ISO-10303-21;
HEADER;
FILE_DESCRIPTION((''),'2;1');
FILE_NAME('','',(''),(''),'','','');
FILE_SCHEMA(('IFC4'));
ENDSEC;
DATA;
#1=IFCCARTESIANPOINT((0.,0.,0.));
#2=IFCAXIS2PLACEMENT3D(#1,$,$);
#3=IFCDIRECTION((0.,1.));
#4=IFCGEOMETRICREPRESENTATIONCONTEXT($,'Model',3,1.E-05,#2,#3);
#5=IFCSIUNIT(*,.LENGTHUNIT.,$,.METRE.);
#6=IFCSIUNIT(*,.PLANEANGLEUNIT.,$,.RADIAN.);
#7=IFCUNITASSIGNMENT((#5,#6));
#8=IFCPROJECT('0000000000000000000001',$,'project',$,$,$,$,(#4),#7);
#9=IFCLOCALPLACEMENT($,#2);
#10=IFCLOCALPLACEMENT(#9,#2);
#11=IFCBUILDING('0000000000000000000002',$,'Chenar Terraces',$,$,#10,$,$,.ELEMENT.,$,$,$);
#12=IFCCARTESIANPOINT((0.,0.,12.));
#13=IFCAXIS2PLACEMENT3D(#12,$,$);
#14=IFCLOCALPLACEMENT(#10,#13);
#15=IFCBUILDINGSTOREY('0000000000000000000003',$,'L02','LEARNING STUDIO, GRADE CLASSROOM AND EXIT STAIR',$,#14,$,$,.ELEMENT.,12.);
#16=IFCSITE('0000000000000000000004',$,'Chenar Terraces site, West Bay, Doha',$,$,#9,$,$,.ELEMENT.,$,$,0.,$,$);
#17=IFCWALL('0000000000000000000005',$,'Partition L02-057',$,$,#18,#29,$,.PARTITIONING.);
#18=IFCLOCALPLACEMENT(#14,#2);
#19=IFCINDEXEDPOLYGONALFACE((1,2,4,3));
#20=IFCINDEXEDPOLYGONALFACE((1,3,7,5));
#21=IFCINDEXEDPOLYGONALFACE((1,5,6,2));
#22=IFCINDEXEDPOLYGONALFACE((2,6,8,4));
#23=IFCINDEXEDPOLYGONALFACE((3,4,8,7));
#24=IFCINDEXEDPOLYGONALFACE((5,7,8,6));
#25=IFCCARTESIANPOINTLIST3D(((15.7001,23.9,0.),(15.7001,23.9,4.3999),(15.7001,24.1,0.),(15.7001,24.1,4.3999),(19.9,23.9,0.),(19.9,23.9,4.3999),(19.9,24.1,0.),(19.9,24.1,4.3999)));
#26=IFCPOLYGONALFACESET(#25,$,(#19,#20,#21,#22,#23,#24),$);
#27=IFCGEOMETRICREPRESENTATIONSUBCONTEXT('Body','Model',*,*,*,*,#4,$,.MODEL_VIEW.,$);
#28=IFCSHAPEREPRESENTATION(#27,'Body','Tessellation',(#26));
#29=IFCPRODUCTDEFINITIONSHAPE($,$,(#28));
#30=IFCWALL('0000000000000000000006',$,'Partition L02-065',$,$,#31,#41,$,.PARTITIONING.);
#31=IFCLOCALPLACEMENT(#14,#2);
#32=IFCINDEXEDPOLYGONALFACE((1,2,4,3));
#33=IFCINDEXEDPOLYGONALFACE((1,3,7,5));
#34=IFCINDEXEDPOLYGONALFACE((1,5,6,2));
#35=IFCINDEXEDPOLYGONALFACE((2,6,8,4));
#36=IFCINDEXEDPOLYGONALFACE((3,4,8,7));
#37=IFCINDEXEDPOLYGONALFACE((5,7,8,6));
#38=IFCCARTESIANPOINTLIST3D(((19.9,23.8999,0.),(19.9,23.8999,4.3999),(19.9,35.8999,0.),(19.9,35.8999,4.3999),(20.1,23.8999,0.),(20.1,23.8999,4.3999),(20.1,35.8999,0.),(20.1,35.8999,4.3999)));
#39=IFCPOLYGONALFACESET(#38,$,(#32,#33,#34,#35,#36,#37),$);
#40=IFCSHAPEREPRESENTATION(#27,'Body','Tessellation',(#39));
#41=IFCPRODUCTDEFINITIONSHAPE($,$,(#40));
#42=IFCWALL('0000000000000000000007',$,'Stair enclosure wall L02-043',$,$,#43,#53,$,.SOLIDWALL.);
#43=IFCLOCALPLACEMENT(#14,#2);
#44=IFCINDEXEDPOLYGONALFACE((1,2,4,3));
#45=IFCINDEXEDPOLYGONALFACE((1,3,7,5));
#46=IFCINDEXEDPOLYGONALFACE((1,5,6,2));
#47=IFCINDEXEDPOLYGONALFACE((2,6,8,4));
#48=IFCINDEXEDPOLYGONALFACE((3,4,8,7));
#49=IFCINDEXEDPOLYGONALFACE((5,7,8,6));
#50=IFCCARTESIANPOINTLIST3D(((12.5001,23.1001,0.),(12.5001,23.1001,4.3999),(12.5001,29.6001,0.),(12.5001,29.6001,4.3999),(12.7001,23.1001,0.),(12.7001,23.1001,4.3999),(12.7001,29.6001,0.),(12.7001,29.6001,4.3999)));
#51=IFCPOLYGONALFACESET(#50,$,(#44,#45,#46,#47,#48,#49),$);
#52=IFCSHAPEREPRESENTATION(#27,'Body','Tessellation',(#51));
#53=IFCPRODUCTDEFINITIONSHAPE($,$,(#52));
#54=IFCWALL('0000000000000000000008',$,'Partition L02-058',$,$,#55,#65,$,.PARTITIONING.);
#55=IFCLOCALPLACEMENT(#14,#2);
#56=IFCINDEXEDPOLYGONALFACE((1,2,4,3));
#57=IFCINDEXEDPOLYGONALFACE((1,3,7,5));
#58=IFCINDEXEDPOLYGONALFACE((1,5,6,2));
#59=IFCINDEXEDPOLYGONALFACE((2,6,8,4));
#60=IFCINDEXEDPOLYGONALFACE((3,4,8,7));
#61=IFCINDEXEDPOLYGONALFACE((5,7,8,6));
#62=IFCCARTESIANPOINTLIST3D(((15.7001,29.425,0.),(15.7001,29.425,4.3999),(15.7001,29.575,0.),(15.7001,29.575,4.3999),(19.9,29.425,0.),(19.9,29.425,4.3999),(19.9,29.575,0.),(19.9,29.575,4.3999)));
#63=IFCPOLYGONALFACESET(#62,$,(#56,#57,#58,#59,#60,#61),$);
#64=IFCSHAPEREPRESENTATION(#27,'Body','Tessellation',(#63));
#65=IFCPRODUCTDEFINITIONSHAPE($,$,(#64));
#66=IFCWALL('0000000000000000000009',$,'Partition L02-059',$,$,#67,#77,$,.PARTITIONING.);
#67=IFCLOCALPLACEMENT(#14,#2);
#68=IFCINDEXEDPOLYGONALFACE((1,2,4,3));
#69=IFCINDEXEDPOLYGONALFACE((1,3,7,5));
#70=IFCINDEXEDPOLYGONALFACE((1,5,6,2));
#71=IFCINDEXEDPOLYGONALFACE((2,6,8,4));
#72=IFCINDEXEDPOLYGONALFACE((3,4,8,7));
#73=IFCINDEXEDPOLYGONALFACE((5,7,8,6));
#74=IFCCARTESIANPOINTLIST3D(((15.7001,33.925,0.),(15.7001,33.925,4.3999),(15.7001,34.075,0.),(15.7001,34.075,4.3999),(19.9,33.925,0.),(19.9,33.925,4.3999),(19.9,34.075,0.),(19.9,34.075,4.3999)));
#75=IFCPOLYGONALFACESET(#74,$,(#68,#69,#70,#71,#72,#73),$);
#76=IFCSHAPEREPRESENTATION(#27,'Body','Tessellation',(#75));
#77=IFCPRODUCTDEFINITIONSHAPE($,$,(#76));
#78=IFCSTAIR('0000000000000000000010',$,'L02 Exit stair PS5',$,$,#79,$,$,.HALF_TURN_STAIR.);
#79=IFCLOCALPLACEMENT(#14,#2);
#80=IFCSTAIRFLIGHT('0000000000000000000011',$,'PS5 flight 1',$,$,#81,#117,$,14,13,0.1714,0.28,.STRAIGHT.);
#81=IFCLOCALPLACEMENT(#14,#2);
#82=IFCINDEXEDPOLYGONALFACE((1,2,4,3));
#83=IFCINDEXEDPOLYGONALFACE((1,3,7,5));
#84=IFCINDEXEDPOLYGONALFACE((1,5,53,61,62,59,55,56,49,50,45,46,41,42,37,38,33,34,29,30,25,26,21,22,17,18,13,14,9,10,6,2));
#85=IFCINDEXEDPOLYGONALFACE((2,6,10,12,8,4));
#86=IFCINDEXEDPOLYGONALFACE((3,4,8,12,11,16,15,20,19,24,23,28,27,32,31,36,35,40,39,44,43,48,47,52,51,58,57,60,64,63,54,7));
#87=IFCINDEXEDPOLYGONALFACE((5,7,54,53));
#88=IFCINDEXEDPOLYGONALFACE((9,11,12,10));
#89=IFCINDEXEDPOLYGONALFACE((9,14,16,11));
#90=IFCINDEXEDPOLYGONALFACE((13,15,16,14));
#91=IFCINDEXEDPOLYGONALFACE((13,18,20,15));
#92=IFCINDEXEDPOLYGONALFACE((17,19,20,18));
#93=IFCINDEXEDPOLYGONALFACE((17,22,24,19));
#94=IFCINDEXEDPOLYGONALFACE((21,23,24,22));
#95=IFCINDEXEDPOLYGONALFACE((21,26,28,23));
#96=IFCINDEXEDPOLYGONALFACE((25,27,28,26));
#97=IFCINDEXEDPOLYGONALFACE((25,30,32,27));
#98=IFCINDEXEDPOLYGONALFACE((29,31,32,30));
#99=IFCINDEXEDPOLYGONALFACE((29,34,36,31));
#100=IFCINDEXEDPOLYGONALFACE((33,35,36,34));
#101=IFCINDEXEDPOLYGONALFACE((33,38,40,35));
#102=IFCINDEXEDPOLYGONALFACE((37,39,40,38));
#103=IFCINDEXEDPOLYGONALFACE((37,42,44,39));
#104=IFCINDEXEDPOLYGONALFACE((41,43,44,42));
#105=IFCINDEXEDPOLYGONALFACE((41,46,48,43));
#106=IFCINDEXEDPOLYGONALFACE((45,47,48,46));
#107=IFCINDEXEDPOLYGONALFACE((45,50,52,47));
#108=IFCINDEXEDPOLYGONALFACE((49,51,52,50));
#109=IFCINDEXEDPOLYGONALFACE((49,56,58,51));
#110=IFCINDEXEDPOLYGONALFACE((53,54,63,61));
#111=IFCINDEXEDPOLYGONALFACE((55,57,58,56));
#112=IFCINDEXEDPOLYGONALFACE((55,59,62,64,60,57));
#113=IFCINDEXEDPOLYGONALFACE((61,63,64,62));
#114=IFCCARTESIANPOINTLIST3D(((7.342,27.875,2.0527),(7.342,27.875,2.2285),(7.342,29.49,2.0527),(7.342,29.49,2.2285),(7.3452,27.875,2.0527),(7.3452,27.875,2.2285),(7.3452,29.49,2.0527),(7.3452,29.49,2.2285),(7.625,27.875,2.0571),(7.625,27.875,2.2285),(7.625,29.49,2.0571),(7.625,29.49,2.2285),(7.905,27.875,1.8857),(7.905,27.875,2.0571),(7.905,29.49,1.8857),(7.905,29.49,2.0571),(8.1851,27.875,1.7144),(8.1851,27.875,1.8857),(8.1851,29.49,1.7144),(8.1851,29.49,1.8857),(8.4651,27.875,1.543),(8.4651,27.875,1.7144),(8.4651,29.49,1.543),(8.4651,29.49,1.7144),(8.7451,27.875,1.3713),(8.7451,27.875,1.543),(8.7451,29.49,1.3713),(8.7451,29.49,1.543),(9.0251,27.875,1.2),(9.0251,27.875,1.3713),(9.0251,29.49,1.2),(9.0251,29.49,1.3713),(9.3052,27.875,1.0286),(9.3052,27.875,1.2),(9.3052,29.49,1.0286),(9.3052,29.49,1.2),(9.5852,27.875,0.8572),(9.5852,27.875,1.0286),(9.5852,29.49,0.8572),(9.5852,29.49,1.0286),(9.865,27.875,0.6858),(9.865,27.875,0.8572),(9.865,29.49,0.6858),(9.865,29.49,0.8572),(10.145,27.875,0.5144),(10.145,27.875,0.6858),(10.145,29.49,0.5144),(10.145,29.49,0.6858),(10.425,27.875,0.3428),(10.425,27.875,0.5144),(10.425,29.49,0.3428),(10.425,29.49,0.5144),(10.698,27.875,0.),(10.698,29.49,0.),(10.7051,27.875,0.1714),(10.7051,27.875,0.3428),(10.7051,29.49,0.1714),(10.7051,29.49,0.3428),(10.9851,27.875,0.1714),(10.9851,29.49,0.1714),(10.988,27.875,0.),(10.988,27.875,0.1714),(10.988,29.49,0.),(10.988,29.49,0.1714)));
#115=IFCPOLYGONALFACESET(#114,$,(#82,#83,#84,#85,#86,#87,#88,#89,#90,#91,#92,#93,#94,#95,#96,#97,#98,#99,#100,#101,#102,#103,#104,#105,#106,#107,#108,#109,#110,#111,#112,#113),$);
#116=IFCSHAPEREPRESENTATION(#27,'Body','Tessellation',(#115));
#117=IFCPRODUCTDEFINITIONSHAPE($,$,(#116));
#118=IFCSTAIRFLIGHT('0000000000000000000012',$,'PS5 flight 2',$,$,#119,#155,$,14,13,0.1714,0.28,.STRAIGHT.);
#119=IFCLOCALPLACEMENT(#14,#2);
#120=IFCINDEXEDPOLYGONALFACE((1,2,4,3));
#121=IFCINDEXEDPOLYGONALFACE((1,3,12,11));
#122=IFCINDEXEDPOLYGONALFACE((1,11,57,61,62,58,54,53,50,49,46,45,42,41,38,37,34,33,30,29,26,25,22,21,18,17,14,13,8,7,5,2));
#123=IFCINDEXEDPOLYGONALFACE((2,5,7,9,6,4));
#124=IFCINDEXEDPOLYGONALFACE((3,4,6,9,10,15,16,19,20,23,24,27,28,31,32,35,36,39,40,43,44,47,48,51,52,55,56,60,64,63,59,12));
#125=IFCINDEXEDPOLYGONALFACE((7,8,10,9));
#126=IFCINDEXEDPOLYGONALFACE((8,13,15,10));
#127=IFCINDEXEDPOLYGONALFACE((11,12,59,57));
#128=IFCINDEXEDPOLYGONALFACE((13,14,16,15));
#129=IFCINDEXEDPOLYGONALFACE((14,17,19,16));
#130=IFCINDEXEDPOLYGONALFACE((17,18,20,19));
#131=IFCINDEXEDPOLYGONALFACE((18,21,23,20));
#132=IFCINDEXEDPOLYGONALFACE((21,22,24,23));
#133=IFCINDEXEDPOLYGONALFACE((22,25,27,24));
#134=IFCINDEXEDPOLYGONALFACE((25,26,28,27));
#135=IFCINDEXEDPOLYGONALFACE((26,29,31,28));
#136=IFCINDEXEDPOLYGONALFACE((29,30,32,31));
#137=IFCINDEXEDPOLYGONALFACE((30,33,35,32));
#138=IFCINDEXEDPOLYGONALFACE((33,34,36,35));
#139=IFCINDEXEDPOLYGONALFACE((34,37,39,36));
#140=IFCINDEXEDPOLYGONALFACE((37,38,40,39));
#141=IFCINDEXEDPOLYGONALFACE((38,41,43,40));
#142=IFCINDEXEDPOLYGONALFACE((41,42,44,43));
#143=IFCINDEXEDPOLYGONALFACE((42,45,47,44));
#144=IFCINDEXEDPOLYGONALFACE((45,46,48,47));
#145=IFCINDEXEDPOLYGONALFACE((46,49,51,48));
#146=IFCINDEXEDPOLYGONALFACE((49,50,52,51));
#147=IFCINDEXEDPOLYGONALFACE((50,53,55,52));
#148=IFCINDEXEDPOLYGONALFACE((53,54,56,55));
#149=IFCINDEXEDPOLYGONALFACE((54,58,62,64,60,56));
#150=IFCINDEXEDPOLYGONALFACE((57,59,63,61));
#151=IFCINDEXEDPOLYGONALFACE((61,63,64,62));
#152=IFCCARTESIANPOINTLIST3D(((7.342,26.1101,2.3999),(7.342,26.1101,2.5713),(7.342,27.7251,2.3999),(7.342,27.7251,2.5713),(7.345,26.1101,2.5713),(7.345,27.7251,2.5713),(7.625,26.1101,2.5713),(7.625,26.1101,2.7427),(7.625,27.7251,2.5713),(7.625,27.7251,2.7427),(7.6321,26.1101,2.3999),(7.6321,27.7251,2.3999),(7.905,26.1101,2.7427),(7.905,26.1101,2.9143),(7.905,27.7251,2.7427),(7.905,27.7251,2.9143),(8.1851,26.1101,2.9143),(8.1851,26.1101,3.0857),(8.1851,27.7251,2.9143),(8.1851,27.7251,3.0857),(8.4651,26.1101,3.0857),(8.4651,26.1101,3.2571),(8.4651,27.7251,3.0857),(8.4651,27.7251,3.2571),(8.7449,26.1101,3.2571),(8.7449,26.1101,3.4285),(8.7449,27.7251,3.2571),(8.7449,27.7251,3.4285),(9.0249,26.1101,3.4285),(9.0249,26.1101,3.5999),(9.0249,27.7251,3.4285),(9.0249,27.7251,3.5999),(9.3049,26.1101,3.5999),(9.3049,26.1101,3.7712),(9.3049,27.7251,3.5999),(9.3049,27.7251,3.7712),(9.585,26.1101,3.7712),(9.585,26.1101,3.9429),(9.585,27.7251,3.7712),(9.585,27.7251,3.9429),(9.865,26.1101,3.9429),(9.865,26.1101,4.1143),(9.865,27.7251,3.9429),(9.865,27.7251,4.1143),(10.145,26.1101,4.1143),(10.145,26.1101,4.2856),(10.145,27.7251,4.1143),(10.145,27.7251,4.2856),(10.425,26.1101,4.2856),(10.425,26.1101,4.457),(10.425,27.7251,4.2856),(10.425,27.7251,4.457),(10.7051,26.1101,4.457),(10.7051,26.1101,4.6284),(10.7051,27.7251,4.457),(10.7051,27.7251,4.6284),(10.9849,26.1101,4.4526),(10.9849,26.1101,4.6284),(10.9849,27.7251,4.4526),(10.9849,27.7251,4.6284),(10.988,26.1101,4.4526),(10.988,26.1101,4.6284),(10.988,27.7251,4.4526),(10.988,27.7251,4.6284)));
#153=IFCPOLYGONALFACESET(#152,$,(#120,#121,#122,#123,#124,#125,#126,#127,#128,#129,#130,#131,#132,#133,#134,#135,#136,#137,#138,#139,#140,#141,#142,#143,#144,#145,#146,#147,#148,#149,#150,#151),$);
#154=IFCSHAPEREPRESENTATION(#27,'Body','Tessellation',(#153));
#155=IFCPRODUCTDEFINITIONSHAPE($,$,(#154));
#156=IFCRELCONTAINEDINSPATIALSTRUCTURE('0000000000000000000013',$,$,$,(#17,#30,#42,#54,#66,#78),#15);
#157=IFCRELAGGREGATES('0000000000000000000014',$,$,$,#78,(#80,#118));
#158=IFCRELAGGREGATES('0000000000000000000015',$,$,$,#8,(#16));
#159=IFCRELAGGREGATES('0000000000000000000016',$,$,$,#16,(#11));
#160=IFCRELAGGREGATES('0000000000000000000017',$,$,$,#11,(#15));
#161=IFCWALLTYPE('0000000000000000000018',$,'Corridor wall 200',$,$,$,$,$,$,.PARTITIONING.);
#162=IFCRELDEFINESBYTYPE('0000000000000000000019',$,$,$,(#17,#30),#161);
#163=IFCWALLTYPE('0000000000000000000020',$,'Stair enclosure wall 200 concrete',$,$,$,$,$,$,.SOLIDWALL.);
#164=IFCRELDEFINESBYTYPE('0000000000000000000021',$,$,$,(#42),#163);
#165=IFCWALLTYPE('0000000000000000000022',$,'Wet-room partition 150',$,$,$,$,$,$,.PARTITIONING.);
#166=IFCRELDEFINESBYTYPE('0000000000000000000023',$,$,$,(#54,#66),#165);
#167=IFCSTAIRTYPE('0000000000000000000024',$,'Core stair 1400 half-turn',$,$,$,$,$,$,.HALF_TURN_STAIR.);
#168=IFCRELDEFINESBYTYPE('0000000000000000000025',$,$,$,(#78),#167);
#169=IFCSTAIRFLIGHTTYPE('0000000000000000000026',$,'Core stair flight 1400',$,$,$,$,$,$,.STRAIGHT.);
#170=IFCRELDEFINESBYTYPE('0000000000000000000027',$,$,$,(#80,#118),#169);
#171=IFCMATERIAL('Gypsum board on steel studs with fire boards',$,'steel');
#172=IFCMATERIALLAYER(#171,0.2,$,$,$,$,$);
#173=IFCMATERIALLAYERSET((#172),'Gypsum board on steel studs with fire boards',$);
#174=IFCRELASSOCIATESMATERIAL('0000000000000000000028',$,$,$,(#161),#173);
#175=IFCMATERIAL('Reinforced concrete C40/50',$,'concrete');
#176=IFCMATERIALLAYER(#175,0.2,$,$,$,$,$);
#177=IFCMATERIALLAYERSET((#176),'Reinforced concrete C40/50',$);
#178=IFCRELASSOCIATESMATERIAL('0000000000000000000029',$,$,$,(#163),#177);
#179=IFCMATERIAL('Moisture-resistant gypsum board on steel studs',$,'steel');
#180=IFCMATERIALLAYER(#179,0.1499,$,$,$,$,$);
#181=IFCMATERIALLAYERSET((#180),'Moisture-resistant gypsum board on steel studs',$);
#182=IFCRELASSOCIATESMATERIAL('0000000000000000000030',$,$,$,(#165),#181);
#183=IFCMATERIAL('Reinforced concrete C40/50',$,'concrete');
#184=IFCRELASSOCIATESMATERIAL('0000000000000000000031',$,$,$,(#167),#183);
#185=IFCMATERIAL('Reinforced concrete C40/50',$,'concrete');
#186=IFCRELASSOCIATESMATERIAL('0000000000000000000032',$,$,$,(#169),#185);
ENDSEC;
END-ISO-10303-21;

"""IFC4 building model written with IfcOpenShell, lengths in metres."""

from ifc_helpers import new_model, si_unit, direction, frame, frame_2d, origin, place, context, subcontext, project, spatial, polyline, rectangle, outline, extrude, material, layer, layer_set, type_object, element, aggregate, save


model = new_model("IFC4")

# Units and contexts
model_context = context("Model", 3, precision=1e-05, world=origin(), true_north=direction((0.0, 1.0)))
body_context = subcontext(model_context, "Body", "Model", "MODEL_VIEW")
ifc_project = project(units=[si_unit("LENGTHUNIT", "METRE"), si_unit("PLANEANGLEUNIT", "RADIAN")], contexts=[model_context])

# Site, building, storey
site_placement = place(None, origin())
site = spatial("IfcSite", under=ifc_project, at=site_placement, Name="Chenar Terraces site, West Bay, Doha", CompositionType="ELEMENT", RefElevation=0.0)
building_placement = place(site_placement, origin())
building = spatial("IfcBuilding", under=site, at=building_placement, Name="Chenar Terraces", CompositionType="ELEMENT")
storey_placement = place(building_placement, frame((0.0, 0.0, 12.0)))
storey = spatial("IfcBuildingStorey", under=building, at=storey_placement, Name="L02", Description="LEARNING STUDIO, GRADE CLASSROOM AND EXIT STAIR", CompositionType="ELEMENT", Elevation=12.0)

# Shared definitions
ifc_material_1 = material(Name="Gypsum board on steel studs with fire boards", Category="steel")
ifc_layer_1 = layer(ifc_material_1, 0.2)
ifc_layer_set_1 = layer_set([ifc_layer_1], Name="Gypsum board on steel studs with fire boards")
wall_type_1 = type_object("IfcWallType", Name="Corridor wall 200", PredefinedType="PARTITIONING", material=ifc_layer_set_1)

# Walls
wall_1_placement = place(storey_placement, frame((15.7, 24.0, 0.0), z_axis=(0.0, 0.0, 1.0), x_axis=(1.0, 0.0, 0.0)))
element("IfcWall", 1, at=wall_1_placement, inside=storey, type_object=wall_type_1, Name="Partition L02-057", PredefinedType="PARTITIONING", context=body_context, shape_type="SweptSolid", body=[
    extrude(rectangle(XDim=4.2, YDim=0.2, at=frame_2d((2.1001, 0.0))), origin(), (0.0, 0.0, 1.0), 4.3999),
])
wall_2_placement = place(storey_placement, frame((20.0, 23.8999, 0.0), z_axis=(0.0, 0.0, 1.0), x_axis=(0.0, 1.0, 0.0)))
element("IfcWall", 2, at=wall_2_placement, inside=storey, type_object=wall_type_1, Name="Partition L02-065", PredefinedType="PARTITIONING", context=body_context, shape_type="SweptSolid", body=[
    extrude(rectangle(XDim=12.0, YDim=0.2, at=frame_2d((6.0, 0.0))), origin(), (0.0, 0.0, 1.0), 4.3999),
])
ifc_material_2 = material(Name="Reinforced concrete C40/50", Category="concrete")
ifc_layer_2 = layer(ifc_material_2, 0.2)
ifc_layer_set_2 = layer_set([ifc_layer_2], Name="Reinforced concrete C40/50")
wall_type_2 = type_object("IfcWallType", Name="Stair enclosure wall 200 concrete", PredefinedType="SOLIDWALL", material=ifc_layer_set_2)
wall_3_placement = place(storey_placement, frame((12.6001, 23.1001, 0.0), z_axis=(0.0, 0.0, 1.0), x_axis=(0.0, 1.0, 0.0)))
element("IfcWall", 3, at=wall_3_placement, inside=storey, type_object=wall_type_2, Name="Stair enclosure wall L02-043", PredefinedType="SOLIDWALL", context=body_context, shape_type="SweptSolid", body=[
    extrude(rectangle(XDim=6.5, YDim=0.2, at=frame_2d((3.25, 0.0))), origin(), (0.0, 0.0, 1.0), 4.3999),
])
ifc_material_3 = material(Name="Moisture-resistant gypsum board on steel studs", Category="steel")
ifc_layer_3 = layer(ifc_material_3, 0.1499)
ifc_layer_set_3 = layer_set([ifc_layer_3], Name="Moisture-resistant gypsum board on steel studs")
wall_type_3 = type_object("IfcWallType", Name="Wet-room partition 150", PredefinedType="PARTITIONING", material=ifc_layer_set_3)
for number, where, z_axis, x_axis, name in (
    (4, (15.7, 29.5, 0.0), (0.0, 0.0, 1.0), (1.0, 0.0, 0.0), "Partition L02-058"),
    (5, (15.7, 34.0, 0.0), (0.0, 0.0, 1.0), (1.0, 0.0, 0.0), "Partition L02-059"),
):
    element("IfcWall", number, at=place(storey_placement, frame(where, z_axis=z_axis, x_axis=x_axis)), inside=storey, type_object=wall_type_3, Name=name, PredefinedType="PARTITIONING", context=body_context, shape_type="SweptSolid", body=[
        extrude(rectangle(XDim=4.2, YDim=0.1499, at=frame_2d((2.1001, 0.0))), origin(), (0.0, 0.0, 1.0), 4.3999),
    ])

# Stair, stair flights
ifc_material_4 = material(Name="Reinforced concrete C40/50", Category="concrete")
stair_type = type_object("IfcStairType", Name="Core stair 1400 half-turn", PredefinedType="HALF_TURN_STAIR", material=ifc_material_4)
stair_placement = place(storey_placement, origin())
stair = element("IfcStair", 6, at=stair_placement, inside=storey, type_object=stair_type, Name="L02 Exit stair PS5", PredefinedType="HALF_TURN_STAIR")
ifc_material_5 = material(Name="Reinforced concrete C40/50", Category="concrete")
stair_flight_type = type_object("IfcStairFlightType", Name="Core stair flight 1400", PredefinedType="STRAIGHT", material=ifc_material_5)
stair_flight_1_placement = place(storey_placement, frame((10.9851, 28.6826, 0.0), z_axis=(0.0, 0.0, 1.0), x_axis=(-1.0, 0.0, 0.0)))
stair_flight_1 = element("IfcStairFlight", 7, at=stair_flight_1_placement, type_object=stair_flight_type, Name="PS5 flight 1", NumberOfRisers=14, NumberOfTreads=13, PredefinedType="STRAIGHT", RiserHeight=0.1714, TreadLength=0.28, context=body_context, shape_type="SweptSolid", body=[
    extrude(outline(polyline([(-0.0029, 0.0), (-0.0029, 0.1714), (0.0, 0.1714), (0.28, 0.1714), (0.28, 0.3428), (0.5601, 0.3428), (0.5601, 0.5144), (0.8401, 0.5144), (0.8401, 0.6858), (1.1201, 0.6858), (1.1201, 0.8572), (1.3999, 0.8572), (1.3999, 1.0286), (1.6799, 1.0286), (1.6799, 1.2), (1.96, 1.2), (1.96, 1.3713), (2.24, 1.3713), (2.24, 1.543), (2.52, 1.543), (2.52, 1.7144), (2.8, 1.7144), (2.8, 1.8857), (3.0801, 1.8857), (3.0801, 2.0571), (3.3601, 2.0571), (3.3601, 2.2285), (3.6399, 2.2285), (3.6431, 2.2285), (3.6431, 2.0527), (3.6399, 2.0527), (0.2871, 0.0), (-0.0029, 0.0)])), frame((0.0, 0.8076, 0.0), z_axis=(0.0, -1.0, 0.0), x_axis=(1.0, 0.0, 0.0)), (0.0, 0.0, 1.0), 1.615),
])
stair_flight_2_placement = place(storey_placement, frame((7.345, 26.9175, 2.3999), z_axis=(0.0, 0.0, 1.0), x_axis=(1.0, 0.0, 0.0)))
stair_flight_2 = element("IfcStairFlight", 8, at=stair_flight_2_placement, type_object=stair_flight_type, Name="PS5 flight 2", NumberOfRisers=14, NumberOfTreads=13, PredefinedType="STRAIGHT", RiserHeight=0.1714, TreadLength=0.28, context=body_context, shape_type="SweptSolid", body=[
    extrude(outline(polyline([(-0.0029, 0.0), (-0.0029, 0.1714), (0.0, 0.1714), (0.28, 0.1714), (0.28, 0.3428), (0.5601, 0.3428), (0.5601, 0.5144), (0.8401, 0.5144), (0.8401, 0.6858), (1.1201, 0.6858), (1.1201, 0.8572), (1.3999, 0.8572), (1.3999, 1.0286), (1.6799, 1.0286), (1.6799, 1.2), (1.96, 1.2), (1.96, 1.3713), (2.24, 1.3713), (2.24, 1.543), (2.52, 1.543), (2.52, 1.7144), (2.8, 1.7144), (2.8, 1.8857), (3.0801, 1.8857), (3.0801, 2.0571), (3.3601, 2.0571), (3.3601, 2.2285), (3.6399, 2.2285), (3.6431, 2.2285), (3.6431, 2.0527), (3.6399, 2.0527), (0.2871, 0.0), (-0.0029, 0.0)])), frame((0.0, 0.8076, 0.0), z_axis=(0.0, -1.0, 0.0), x_axis=(1.0, 0.0, 0.0)), (0.0, 0.0, 1.0), 1.615),
])
aggregate(stair, [stair_flight_1, stair_flight_2])

save(model, "model.ifc")
